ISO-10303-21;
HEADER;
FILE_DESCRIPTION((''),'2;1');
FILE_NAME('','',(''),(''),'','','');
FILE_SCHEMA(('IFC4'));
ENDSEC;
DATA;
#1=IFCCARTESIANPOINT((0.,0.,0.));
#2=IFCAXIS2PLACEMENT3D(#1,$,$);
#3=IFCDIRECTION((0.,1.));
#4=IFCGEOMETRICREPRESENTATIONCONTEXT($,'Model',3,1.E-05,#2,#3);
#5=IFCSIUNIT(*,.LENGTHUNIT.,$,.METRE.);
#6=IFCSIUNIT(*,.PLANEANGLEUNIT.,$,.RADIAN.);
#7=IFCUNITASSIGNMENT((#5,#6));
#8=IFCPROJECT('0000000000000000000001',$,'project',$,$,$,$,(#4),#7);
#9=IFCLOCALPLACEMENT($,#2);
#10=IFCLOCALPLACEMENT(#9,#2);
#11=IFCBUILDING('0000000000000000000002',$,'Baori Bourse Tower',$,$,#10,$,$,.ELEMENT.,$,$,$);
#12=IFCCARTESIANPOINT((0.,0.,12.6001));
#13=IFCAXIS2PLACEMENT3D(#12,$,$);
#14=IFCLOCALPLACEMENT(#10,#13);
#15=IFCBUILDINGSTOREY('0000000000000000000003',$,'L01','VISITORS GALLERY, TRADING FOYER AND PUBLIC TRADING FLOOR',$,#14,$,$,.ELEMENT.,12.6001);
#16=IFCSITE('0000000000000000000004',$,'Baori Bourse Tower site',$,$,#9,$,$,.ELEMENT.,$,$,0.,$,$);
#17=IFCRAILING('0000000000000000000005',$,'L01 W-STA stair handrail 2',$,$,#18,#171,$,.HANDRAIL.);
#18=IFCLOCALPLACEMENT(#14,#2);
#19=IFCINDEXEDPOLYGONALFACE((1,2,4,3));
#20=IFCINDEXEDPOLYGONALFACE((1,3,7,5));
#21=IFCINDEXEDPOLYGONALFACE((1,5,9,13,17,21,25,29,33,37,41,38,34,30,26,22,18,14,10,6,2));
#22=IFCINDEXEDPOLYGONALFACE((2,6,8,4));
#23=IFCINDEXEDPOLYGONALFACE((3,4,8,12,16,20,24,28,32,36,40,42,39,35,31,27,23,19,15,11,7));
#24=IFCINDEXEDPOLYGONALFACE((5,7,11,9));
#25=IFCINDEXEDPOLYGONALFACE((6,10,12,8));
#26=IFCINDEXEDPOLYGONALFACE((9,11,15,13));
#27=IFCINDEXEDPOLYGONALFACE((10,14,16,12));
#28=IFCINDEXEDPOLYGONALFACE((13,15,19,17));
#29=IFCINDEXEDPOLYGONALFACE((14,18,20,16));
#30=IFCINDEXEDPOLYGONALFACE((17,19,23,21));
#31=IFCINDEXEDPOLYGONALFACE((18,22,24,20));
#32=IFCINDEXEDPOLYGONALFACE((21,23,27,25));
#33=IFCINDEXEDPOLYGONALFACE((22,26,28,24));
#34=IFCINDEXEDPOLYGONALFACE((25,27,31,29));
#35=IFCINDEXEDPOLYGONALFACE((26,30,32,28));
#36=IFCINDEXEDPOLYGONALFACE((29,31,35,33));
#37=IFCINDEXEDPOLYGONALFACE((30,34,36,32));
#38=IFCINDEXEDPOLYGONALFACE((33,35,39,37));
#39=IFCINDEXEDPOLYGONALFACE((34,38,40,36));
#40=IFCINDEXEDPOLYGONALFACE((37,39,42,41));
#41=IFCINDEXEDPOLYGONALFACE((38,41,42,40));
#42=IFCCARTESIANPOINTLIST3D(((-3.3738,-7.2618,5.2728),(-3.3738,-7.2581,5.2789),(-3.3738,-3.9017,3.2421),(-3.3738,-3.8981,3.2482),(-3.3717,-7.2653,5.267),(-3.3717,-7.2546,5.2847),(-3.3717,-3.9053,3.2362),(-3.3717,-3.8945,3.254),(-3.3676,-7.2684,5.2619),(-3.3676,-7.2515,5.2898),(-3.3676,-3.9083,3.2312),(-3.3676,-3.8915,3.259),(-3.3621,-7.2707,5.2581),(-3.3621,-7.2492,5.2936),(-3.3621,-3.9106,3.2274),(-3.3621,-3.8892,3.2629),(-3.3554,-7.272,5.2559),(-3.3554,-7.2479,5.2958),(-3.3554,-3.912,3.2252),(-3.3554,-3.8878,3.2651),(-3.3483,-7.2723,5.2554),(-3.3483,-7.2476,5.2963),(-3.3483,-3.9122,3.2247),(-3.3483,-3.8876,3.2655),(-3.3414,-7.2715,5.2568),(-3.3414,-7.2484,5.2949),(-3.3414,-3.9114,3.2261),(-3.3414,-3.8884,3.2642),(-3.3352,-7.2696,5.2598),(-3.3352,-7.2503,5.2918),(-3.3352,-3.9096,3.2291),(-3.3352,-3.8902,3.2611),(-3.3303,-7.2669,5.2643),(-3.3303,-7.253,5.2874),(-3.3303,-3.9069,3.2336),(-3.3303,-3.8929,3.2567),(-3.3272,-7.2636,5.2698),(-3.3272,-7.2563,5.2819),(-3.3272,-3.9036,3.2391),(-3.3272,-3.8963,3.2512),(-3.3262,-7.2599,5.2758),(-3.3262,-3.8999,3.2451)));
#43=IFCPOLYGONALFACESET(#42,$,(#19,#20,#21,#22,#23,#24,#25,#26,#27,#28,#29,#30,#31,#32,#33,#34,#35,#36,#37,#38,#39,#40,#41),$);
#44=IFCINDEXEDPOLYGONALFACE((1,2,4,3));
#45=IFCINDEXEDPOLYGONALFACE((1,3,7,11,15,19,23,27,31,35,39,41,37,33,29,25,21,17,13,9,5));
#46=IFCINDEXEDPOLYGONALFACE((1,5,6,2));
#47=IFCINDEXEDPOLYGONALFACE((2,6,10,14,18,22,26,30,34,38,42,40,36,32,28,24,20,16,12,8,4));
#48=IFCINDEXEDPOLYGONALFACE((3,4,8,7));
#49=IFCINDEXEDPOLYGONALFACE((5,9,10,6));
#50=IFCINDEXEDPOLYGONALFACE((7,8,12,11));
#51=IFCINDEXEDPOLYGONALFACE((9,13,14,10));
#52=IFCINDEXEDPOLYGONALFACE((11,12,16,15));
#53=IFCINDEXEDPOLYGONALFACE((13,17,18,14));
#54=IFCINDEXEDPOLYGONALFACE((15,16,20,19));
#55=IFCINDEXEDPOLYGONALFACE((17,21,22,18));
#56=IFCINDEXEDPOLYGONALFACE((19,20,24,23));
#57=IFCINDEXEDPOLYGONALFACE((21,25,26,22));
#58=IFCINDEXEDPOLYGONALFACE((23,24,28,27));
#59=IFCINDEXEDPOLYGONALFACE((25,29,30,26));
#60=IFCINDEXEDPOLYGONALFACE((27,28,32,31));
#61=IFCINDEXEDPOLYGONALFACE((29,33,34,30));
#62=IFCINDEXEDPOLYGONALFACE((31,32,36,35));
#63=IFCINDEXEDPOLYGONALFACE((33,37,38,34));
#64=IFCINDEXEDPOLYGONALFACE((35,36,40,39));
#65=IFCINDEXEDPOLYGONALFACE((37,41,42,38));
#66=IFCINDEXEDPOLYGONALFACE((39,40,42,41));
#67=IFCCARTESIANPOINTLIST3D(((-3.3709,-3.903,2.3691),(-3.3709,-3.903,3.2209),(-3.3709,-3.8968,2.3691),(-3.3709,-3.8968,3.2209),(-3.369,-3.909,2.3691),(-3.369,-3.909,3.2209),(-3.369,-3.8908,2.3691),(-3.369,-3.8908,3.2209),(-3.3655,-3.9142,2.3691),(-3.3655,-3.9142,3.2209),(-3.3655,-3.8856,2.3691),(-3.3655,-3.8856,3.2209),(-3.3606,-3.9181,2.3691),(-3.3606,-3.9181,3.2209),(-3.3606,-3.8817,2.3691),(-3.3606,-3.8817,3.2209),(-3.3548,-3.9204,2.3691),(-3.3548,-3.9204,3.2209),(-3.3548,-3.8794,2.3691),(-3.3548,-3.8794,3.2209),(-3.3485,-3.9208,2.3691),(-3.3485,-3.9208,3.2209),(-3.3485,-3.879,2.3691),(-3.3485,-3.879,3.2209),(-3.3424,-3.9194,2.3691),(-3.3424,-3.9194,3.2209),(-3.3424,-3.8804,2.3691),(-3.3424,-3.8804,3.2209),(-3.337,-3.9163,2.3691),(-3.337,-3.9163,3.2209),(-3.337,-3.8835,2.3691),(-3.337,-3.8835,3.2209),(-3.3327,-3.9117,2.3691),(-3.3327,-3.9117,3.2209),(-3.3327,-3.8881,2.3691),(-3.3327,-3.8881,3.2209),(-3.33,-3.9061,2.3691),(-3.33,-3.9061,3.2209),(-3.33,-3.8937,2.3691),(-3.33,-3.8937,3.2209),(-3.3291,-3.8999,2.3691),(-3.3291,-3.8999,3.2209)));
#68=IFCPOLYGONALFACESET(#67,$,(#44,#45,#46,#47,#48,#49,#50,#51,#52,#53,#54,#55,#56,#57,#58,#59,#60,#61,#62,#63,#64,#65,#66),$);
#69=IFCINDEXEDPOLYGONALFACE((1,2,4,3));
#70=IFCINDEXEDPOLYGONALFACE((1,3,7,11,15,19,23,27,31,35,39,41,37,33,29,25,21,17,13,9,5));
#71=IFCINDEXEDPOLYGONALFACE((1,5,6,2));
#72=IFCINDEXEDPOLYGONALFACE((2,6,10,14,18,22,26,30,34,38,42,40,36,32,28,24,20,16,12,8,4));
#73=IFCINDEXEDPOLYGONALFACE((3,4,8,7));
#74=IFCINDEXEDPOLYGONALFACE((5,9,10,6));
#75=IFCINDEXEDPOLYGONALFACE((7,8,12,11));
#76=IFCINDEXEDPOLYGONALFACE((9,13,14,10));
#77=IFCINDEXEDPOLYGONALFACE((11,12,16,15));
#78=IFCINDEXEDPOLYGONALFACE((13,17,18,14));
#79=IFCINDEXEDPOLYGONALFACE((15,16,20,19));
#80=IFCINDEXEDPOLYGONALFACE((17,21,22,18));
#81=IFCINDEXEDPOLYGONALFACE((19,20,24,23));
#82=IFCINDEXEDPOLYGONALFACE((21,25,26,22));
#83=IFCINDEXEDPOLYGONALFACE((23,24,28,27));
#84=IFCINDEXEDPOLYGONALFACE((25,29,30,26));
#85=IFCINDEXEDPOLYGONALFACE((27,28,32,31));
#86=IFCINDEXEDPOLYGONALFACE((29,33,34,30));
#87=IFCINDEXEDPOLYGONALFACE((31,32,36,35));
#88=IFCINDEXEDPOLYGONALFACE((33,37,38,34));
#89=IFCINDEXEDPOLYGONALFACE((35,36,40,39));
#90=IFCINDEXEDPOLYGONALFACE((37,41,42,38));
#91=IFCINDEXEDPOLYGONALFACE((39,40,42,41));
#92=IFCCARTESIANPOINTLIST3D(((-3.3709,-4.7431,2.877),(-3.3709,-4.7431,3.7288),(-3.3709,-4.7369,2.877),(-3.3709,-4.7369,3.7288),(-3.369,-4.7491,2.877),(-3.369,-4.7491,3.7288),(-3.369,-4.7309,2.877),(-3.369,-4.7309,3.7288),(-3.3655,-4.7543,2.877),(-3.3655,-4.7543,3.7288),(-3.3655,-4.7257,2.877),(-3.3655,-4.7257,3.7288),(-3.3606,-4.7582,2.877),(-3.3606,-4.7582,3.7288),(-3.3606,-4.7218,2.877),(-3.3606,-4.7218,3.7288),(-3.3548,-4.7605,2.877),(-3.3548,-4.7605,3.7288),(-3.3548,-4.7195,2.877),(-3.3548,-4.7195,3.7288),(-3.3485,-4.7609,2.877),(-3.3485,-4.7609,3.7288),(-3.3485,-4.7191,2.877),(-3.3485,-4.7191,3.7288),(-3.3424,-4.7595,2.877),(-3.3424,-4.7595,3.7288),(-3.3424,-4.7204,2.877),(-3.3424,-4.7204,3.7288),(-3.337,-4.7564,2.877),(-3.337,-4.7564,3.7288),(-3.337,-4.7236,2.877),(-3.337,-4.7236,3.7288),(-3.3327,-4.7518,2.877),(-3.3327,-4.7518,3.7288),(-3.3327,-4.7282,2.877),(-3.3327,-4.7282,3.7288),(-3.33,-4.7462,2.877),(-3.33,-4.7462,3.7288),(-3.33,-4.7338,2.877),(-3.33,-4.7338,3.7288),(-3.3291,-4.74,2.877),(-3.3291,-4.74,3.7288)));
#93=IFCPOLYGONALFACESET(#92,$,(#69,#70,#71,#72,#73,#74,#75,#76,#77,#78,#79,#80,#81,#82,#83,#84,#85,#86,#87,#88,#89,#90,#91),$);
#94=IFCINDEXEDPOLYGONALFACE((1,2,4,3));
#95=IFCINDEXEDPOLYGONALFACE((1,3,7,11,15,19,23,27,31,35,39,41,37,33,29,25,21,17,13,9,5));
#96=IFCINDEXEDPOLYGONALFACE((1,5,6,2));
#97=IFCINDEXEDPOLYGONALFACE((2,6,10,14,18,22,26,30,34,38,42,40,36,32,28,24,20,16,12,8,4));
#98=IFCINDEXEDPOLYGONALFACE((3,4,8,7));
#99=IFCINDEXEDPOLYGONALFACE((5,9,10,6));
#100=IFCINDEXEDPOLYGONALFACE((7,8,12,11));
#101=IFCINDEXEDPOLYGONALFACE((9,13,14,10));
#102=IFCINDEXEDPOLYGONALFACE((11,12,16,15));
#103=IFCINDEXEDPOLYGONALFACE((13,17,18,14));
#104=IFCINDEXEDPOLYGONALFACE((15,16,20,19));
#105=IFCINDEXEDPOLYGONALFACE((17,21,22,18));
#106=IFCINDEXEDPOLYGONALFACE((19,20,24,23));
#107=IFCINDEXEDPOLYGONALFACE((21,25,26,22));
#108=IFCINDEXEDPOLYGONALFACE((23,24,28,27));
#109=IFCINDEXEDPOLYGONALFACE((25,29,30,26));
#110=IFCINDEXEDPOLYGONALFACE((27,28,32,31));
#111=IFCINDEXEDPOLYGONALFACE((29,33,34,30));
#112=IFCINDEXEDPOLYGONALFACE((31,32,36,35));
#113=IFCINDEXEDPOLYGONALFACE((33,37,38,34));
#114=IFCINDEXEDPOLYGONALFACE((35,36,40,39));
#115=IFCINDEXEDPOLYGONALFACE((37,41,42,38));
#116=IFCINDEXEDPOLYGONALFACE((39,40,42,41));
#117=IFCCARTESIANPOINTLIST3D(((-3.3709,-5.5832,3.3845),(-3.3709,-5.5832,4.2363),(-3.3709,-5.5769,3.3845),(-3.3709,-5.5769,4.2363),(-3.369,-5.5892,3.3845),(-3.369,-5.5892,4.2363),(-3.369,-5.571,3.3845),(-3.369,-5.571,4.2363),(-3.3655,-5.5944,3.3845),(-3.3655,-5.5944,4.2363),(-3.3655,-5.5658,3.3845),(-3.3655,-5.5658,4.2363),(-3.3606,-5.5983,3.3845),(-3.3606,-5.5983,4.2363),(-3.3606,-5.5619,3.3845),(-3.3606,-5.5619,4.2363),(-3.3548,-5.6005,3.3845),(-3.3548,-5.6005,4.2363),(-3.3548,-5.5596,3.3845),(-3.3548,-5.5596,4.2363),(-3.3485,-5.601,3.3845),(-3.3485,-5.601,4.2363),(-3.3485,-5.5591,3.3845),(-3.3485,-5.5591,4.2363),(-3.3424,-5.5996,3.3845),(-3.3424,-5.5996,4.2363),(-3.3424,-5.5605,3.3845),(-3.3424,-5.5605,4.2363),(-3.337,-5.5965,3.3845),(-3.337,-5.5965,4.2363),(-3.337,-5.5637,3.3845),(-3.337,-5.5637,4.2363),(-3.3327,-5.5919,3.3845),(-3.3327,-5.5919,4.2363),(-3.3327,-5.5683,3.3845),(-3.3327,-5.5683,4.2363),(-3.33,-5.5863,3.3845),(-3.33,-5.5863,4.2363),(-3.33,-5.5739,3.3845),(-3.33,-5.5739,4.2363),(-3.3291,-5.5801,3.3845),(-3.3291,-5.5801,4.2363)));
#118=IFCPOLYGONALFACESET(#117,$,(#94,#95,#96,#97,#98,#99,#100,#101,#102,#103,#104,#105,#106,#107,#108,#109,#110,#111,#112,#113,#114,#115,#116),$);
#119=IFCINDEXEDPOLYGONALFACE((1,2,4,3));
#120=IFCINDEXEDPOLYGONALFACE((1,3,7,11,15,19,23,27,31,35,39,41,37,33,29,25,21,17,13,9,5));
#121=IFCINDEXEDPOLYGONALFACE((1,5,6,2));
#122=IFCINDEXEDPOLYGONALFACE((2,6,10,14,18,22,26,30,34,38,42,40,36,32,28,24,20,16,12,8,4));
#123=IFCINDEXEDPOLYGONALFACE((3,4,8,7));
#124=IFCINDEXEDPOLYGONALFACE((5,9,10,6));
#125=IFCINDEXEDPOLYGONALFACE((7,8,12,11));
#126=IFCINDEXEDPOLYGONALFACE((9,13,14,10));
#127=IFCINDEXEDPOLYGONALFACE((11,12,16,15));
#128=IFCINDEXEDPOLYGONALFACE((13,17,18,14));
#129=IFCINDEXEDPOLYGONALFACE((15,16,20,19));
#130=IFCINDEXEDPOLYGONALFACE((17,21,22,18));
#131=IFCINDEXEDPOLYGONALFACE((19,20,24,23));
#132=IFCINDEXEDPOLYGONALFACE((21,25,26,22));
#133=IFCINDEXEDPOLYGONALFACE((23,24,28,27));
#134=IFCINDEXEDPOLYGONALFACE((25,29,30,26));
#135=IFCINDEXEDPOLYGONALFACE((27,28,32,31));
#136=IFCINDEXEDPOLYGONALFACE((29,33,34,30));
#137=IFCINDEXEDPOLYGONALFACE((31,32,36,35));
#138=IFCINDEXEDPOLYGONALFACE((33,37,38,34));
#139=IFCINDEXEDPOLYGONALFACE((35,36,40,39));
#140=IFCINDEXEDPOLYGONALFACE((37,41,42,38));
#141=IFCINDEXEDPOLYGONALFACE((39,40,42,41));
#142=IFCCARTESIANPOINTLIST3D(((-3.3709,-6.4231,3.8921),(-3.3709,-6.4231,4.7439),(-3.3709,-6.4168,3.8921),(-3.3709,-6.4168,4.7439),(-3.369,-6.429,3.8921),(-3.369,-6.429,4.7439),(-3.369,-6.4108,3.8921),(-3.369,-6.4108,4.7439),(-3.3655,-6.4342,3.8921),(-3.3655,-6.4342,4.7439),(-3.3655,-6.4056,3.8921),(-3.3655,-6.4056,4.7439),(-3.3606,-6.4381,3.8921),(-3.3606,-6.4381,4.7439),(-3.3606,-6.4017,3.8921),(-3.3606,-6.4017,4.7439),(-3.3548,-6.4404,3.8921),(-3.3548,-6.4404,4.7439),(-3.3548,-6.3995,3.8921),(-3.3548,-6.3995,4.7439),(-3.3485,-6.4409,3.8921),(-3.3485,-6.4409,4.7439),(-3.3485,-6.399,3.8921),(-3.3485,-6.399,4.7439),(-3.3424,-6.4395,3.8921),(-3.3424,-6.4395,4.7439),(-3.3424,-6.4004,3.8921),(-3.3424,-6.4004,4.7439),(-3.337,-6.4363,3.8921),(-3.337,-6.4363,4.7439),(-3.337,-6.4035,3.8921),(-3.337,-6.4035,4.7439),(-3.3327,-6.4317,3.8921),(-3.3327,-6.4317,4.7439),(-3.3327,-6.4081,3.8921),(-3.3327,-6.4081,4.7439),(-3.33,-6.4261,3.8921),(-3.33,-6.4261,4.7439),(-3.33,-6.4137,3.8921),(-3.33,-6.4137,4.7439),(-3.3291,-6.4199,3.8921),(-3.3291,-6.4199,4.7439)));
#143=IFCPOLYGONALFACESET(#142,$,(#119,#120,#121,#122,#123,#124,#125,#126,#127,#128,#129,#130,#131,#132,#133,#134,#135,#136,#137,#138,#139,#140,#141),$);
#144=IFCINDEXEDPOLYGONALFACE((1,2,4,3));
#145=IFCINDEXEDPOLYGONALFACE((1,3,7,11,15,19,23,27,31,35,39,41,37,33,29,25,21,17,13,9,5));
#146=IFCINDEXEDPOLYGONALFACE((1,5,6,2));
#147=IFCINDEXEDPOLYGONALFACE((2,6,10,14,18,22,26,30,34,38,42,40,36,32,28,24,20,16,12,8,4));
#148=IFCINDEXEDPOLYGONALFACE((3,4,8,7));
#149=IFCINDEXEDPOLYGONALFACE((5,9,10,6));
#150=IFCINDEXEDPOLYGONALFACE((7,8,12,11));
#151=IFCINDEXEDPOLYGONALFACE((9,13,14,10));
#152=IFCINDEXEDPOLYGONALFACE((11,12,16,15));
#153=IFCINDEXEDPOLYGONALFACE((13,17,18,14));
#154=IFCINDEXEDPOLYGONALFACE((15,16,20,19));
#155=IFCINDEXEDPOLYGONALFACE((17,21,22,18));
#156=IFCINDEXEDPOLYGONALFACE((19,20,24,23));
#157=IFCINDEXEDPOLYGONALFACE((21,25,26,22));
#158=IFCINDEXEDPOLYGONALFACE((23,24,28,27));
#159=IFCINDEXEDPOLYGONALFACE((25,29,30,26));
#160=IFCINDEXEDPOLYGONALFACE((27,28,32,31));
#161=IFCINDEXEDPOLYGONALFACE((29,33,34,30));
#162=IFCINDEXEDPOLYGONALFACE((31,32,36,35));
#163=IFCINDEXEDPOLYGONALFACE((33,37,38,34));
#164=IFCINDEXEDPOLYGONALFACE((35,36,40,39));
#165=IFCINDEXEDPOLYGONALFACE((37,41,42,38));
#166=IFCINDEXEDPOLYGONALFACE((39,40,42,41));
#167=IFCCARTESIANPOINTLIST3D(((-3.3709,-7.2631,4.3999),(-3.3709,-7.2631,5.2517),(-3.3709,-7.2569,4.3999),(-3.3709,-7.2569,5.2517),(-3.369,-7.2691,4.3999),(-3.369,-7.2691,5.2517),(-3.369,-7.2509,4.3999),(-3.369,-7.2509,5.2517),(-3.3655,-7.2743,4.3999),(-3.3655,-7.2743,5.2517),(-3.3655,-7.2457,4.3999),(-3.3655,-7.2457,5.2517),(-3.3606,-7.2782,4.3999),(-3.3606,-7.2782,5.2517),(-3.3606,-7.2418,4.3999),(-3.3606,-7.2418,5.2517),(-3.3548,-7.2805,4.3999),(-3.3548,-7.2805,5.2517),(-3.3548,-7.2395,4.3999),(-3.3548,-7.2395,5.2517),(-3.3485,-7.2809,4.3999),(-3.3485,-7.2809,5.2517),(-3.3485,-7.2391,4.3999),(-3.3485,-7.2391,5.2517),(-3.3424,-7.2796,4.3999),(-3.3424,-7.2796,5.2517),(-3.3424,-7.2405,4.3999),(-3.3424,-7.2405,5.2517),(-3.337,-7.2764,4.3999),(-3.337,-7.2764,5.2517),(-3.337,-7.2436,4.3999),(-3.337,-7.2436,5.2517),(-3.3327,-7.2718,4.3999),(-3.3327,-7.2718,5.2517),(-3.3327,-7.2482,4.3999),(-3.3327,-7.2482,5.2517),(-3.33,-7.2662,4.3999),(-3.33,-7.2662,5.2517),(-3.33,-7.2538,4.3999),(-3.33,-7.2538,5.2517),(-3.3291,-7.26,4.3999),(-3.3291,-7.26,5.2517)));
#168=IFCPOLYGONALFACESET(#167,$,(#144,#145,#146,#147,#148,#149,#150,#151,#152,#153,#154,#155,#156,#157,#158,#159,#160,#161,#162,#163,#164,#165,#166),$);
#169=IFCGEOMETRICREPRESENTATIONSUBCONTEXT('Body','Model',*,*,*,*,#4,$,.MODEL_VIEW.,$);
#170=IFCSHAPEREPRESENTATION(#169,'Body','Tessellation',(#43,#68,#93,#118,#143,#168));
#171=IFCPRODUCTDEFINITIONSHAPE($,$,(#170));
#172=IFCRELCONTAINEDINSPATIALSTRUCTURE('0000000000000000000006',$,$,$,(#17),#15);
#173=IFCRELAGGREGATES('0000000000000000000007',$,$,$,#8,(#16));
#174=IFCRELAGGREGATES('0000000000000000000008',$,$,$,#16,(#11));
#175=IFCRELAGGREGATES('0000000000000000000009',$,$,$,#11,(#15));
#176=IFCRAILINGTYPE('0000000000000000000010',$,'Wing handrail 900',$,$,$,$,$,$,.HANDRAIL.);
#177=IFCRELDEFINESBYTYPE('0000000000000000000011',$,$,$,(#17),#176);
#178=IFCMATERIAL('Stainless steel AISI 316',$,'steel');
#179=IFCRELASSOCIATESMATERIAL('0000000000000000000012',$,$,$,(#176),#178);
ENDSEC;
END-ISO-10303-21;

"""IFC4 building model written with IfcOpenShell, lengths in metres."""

from ifc_helpers import new_model, si_unit, direction, frame, origin, origin_2d, place, context, subcontext, project, spatial, circle, extrude, material, type_object, element, save


model = new_model("IFC4")

# Units and contexts
model_context = context("Model", 3, precision=1e-05, world=origin(), true_north=direction((0.0, 1.0)))
body_context = subcontext(model_context, "Body", "Model", "MODEL_VIEW")
ifc_project = project(units=[si_unit("LENGTHUNIT", "METRE"), si_unit("PLANEANGLEUNIT", "RADIAN")], contexts=[model_context])

# Site, building, storey
site_placement = place(None, origin())
site = spatial("IfcSite", under=ifc_project, at=site_placement, Name="Baori Bourse Tower site", CompositionType="ELEMENT", RefElevation=0.0)
building_placement = place(site_placement, origin())
building = spatial("IfcBuilding", under=site, at=building_placement, Name="Baori Bourse Tower", CompositionType="ELEMENT")
storey_placement = place(building_placement, frame((0.0, 0.0, 12.6001)))
storey = spatial("IfcBuildingStorey", under=building, at=storey_placement, Name="L01", Description="VISITORS GALLERY, TRADING FOYER AND PUBLIC TRADING FLOOR", CompositionType="ELEMENT", Elevation=12.6001)

# Railing
ifc_material_1 = material(Name="Stainless steel AISI 316", Category="steel")
railing_type_1 = type_object("IfcRailingType", Name="Wing handrail 900", PredefinedType="HANDRAIL", material=ifc_material_1)
railing_1_placement = place(storey_placement, frame((-3.3501, -3.8999, 2.3691)))
element("IfcRailing", 1, at=railing_1_placement, inside=storey, type_object=railing_type_1, Name="L01 W-STA stair handrail 2", PredefinedType="HANDRAIL", context=body_context, shape_type="SweptSolid", body=[
    extrude(circle(Radius=0.0239, at=origin_2d()), frame((0.0, 0.0, 0.876), z_axis=(0.0, -0.855837, 0.517246), x_axis=(1.0, 0.0, 0.0)), (0.0, 0.0, 1.0), 3.926),
    extrude(circle(Radius=0.021, at=origin_2d()), origin(), (0.0, 0.0, 1.0), 0.8518),
    extrude(circle(Radius=0.021, at=origin_2d()), frame((0.0, -0.8401, 0.5078)), (0.0, 0.0, 1.0), 0.8518),
    extrude(circle(Radius=0.021, at=origin_2d()), frame((0.0, -1.6802, 1.0154)), (0.0, 0.0, 1.0), 0.8518),
    extrude(circle(Radius=0.021, at=origin_2d()), frame((0.0, -2.52, 1.5229)), (0.0, 0.0, 1.0), 0.8518),
    extrude(circle(Radius=0.021, at=origin_2d()), frame((0.0, -3.3601, 2.0308)), (0.0, 0.0, 1.0), 0.8518),
])

save(model, "model.ifc")
